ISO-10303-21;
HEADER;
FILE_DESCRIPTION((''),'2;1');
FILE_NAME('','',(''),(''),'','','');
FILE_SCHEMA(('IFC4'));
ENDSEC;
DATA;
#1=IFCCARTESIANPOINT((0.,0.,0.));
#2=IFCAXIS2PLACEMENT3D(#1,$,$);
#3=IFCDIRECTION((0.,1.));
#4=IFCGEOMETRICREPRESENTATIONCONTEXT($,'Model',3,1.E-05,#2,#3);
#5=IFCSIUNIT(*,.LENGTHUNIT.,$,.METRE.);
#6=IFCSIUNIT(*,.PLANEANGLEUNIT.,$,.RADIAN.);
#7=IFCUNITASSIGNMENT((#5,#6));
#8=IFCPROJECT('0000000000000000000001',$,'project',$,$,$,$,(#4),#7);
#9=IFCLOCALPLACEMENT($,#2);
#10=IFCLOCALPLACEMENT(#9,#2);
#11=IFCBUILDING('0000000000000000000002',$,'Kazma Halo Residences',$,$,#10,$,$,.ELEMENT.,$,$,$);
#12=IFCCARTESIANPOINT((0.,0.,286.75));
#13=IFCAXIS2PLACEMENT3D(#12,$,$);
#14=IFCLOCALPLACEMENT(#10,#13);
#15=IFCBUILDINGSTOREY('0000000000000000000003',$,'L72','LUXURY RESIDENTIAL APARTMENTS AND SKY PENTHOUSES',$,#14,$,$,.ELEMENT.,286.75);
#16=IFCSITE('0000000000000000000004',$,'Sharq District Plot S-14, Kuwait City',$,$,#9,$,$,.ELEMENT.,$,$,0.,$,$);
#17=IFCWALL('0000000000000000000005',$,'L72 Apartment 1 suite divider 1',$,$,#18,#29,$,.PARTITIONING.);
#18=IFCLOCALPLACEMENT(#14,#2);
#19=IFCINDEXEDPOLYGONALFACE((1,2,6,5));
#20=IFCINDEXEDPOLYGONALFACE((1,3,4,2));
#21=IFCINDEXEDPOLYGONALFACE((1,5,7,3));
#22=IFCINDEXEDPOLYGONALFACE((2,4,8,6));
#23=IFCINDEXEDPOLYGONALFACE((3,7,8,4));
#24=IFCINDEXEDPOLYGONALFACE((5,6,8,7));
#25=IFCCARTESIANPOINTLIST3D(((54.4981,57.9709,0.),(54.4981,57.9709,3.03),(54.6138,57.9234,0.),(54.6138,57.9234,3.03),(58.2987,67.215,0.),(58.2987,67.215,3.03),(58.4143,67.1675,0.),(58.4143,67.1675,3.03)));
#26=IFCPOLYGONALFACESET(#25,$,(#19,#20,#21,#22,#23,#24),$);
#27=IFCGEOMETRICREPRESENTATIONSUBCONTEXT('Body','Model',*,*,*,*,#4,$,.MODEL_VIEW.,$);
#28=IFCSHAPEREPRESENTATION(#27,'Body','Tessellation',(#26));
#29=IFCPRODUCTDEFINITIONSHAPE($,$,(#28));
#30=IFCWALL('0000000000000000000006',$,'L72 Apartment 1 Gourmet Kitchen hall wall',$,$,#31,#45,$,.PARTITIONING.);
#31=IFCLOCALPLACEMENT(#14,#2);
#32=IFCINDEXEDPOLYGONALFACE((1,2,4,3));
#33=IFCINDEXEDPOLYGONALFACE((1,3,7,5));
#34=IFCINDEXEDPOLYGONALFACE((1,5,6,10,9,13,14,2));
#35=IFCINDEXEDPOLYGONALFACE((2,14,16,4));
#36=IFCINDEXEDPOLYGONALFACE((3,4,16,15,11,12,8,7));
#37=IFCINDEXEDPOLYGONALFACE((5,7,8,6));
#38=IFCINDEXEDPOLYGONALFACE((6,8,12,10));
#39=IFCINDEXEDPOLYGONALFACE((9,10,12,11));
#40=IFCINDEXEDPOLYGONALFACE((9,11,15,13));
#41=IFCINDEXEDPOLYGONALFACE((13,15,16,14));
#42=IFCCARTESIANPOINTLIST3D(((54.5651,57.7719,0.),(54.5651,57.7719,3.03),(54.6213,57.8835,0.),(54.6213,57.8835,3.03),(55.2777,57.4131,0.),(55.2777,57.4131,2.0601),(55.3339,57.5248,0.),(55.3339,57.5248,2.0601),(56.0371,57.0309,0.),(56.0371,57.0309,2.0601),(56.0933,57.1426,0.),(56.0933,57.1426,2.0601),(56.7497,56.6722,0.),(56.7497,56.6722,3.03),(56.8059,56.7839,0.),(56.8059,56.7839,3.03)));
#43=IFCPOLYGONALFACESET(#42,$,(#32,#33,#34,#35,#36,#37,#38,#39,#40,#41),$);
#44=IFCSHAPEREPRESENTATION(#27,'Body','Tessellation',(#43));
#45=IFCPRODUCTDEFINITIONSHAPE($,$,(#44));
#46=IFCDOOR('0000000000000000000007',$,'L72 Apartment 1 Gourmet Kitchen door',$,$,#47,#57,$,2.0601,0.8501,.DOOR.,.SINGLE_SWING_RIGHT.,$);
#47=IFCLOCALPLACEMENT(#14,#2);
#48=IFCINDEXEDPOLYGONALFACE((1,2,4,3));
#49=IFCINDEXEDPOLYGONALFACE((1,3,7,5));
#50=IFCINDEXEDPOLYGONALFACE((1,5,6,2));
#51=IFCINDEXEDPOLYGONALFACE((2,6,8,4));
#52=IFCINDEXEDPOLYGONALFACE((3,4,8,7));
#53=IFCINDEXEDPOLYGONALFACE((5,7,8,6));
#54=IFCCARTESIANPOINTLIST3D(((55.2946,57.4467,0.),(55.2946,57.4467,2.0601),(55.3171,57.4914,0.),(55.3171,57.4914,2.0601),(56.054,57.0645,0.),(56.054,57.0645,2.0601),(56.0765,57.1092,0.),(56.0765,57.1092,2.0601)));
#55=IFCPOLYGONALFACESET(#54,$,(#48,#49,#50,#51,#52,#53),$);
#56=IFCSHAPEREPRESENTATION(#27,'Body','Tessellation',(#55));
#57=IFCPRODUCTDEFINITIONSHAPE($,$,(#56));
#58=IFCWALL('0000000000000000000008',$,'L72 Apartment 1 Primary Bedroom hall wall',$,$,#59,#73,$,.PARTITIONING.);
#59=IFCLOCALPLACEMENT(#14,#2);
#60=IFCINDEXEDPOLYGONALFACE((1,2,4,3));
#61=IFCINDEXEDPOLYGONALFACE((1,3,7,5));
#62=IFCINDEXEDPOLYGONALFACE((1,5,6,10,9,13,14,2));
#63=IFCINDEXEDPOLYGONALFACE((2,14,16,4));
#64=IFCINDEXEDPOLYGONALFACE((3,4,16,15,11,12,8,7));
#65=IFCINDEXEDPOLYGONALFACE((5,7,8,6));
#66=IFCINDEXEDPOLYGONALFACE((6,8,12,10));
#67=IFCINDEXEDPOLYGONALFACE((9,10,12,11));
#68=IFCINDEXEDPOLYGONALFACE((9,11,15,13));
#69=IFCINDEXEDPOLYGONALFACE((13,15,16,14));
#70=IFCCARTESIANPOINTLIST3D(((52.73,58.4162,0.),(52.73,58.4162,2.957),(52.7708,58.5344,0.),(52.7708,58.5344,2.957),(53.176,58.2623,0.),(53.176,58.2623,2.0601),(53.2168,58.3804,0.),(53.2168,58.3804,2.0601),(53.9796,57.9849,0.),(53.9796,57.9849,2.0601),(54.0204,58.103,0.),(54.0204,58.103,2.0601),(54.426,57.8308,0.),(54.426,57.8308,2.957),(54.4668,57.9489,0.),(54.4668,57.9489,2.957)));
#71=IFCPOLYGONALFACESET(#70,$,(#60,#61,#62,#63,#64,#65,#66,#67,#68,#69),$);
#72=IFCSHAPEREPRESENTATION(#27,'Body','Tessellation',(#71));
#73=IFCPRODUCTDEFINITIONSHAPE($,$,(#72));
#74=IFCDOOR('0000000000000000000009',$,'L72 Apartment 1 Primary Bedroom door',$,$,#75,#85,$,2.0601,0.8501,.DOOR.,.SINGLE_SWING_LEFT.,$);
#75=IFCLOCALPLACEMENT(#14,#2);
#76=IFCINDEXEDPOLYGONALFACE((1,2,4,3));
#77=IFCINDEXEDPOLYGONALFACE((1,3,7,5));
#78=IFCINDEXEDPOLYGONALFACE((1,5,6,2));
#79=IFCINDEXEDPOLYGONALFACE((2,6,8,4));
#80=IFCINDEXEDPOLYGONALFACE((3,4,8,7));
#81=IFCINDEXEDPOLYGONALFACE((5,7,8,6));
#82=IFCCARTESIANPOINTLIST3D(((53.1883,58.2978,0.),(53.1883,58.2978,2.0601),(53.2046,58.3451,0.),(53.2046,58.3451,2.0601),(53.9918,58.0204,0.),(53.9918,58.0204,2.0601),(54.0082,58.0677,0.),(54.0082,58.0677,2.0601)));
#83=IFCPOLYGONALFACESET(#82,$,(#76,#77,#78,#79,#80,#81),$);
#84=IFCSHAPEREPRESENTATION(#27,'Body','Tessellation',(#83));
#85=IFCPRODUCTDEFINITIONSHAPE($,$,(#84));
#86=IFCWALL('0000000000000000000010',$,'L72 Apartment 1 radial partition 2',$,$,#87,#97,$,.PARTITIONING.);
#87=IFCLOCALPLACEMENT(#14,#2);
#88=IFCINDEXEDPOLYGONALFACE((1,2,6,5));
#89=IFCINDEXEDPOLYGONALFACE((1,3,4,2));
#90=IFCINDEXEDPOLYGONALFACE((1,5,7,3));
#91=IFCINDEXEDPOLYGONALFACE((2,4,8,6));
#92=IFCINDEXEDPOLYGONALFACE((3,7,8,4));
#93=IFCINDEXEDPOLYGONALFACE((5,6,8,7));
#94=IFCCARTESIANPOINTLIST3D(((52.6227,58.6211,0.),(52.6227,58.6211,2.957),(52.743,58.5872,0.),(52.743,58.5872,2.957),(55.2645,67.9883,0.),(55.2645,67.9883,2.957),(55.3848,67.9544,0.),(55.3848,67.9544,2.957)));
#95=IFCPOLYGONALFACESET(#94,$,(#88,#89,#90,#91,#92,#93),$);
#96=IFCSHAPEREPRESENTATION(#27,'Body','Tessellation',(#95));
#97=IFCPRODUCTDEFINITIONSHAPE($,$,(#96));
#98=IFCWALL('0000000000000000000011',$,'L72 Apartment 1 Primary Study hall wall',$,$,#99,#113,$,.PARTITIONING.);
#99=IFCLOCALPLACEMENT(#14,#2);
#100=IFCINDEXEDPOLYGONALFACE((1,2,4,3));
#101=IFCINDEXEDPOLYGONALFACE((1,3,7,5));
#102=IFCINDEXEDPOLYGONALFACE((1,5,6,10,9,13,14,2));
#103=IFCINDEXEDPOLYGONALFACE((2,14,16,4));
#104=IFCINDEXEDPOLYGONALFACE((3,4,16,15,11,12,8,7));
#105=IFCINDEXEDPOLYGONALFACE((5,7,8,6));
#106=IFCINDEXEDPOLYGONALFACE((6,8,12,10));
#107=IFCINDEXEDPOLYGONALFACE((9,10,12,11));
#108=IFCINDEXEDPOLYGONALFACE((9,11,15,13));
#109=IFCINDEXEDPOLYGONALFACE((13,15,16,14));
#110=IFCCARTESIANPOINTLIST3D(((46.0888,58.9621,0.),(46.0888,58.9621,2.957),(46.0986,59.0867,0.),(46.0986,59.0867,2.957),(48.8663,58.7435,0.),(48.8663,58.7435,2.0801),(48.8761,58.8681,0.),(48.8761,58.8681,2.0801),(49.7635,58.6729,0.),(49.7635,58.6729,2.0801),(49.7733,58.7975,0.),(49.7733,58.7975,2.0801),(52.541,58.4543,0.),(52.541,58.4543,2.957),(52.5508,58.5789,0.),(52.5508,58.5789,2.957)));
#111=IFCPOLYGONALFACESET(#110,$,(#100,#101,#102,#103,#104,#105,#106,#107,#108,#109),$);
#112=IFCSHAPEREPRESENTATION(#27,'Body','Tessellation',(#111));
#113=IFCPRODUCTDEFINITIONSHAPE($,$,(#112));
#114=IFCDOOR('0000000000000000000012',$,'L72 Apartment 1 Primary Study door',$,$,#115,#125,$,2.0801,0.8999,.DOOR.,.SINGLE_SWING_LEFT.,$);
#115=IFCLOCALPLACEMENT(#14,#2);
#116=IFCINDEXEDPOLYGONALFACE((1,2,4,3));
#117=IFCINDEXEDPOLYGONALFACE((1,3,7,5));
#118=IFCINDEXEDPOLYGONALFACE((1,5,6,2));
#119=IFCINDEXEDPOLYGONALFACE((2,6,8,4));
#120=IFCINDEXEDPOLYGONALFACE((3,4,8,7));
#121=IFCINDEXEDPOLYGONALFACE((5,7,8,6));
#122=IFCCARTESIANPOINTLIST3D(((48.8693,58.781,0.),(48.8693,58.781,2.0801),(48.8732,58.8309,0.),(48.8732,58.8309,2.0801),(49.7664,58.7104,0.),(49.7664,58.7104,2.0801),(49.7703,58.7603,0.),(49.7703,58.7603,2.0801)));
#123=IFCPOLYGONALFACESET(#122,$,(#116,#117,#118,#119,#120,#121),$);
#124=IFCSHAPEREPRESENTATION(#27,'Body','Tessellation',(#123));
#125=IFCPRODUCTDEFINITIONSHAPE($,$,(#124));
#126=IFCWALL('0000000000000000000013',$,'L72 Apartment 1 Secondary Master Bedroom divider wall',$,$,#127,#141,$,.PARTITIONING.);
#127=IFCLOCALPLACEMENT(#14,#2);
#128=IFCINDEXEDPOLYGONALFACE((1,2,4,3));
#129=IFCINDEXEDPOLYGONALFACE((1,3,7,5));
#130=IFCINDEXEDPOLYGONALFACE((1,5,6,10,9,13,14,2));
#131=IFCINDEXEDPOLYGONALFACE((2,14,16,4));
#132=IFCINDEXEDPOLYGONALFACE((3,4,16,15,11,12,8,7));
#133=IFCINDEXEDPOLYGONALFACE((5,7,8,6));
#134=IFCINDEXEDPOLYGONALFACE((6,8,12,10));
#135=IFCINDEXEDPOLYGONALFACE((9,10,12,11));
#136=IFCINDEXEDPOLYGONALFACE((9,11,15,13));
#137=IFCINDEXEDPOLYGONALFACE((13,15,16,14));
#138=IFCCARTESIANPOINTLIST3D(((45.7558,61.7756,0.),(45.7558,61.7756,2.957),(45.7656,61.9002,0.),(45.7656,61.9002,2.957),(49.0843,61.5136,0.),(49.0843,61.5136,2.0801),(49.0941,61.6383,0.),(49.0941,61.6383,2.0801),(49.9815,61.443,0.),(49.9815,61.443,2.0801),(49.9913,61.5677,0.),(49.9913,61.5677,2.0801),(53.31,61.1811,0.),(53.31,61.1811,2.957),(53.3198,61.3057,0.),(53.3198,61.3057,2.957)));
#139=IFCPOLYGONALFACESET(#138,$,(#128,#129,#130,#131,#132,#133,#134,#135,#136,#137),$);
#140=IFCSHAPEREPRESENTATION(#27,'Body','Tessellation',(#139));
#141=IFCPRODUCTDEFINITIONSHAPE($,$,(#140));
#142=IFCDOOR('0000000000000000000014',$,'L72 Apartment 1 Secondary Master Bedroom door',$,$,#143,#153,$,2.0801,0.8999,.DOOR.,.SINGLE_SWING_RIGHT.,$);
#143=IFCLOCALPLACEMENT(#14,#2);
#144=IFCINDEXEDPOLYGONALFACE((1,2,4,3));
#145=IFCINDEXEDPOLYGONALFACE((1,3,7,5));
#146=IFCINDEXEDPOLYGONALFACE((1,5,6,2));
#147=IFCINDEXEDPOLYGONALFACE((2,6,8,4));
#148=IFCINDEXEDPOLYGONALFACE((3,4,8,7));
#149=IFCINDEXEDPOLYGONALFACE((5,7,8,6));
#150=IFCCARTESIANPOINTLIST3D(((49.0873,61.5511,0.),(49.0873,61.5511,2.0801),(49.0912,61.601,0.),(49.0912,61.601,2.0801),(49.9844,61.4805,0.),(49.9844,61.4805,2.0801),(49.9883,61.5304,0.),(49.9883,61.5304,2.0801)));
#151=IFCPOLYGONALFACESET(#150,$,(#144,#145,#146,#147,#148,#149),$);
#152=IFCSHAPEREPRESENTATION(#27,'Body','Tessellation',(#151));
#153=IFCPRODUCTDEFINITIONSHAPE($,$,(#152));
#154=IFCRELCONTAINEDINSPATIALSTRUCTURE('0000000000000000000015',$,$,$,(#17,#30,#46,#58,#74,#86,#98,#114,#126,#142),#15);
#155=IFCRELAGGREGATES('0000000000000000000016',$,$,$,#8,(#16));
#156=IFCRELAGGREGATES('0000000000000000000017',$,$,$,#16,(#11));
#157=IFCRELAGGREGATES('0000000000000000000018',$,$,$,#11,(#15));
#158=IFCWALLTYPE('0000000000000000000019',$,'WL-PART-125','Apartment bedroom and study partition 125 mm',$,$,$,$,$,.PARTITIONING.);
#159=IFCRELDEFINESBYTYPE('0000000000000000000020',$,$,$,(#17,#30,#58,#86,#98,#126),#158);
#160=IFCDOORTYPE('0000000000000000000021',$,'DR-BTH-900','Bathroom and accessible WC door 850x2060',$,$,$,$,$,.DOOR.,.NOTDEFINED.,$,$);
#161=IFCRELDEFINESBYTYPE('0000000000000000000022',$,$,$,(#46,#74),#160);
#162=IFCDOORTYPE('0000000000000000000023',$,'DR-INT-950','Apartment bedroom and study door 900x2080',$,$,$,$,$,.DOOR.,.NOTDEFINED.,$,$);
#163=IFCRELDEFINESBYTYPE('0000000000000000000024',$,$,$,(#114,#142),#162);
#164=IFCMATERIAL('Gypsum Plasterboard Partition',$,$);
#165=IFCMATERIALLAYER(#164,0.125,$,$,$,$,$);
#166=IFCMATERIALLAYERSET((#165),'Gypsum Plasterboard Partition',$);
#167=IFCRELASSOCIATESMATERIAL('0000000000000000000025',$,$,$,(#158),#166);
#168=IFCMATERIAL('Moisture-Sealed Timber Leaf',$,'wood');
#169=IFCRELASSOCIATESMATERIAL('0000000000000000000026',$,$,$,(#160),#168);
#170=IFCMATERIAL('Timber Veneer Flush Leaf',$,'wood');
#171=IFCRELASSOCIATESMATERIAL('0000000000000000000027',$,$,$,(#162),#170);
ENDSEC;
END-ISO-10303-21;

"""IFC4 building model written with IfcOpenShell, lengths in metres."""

from ifc_helpers import new_model, si_unit, direction, frame, frame_2d, origin, place, context, subcontext, project, spatial, rectangle, extrude, material, layer, layer_set, type_object, element, fill, save


model = new_model("IFC4")

# Units and contexts
model_context = context("Model", 3, precision=1e-05, world=origin(), true_north=direction((0.0, 1.0)))
body_context = subcontext(model_context, "Body", "Model", "MODEL_VIEW")
ifc_project = project(units=[si_unit("LENGTHUNIT", "METRE"), si_unit("PLANEANGLEUNIT", "RADIAN")], contexts=[model_context])

# Site, building, storey
site_placement = place(None, origin())
site = spatial("IfcSite", under=ifc_project, at=site_placement, Name="Sharq District Plot S-14, Kuwait City", CompositionType="ELEMENT", RefElevation=0.0)
building_placement = place(site_placement, origin())
building = spatial("IfcBuilding", under=site, at=building_placement, Name="Kazma Halo Residences", CompositionType="ELEMENT")
storey_placement = place(building_placement, frame((0.0, 0.0, 286.75)))
storey = spatial("IfcBuildingStorey", under=building, at=storey_placement, Name="L72", Description="LUXURY RESIDENTIAL APARTMENTS AND SKY PENTHOUSES", CompositionType="ELEMENT", Elevation=286.75)

# Shared definitions
ifc_material_1 = material(Name="Gypsum Plasterboard Partition")
ifc_layer_1 = layer(ifc_material_1, 0.125)
ifc_layer_set_1 = layer_set([ifc_layer_1], Name="Gypsum Plasterboard Partition")
wall_type_1 = type_object("IfcWallType", Name="WL-PART-125", Description="Apartment bedroom and study partition 125 mm", PredefinedType="PARTITIONING", material=ifc_layer_set_1)
ifc_material_2 = material(Name="Moisture-Sealed Timber Leaf", Category="wood")
door_type_1 = type_object("IfcDoorType", Name="DR-BTH-900", Description="Bathroom and accessible WC door 850x2060", OperationType="NOTDEFINED", PredefinedType="DOOR", material=ifc_material_2)

# Wall
wall_1_placement = place(storey_placement, frame((54.5559, 57.947, 0.0), z_axis=(0.0, 0.0, 1.0), x_axis=(0.380247, 0.924885, 0.0)))
element("IfcWall", 1, at=wall_1_placement, inside=storey, type_object=wall_type_1, Name="L72 Apartment 1 suite divider 1", PredefinedType="PARTITIONING", context=body_context, shape_type="SweptSolid", body=[
    extrude(rectangle(XDim=9.9949, YDim=0.125, at=frame_2d((4.9976, 0.0))), origin(), (0.0, 0.0, 1.0), 3.03),
])

# Walls, openings, doors
wall_2_placement = place(storey_placement, frame((56.7778, 56.728, 0.0), z_axis=(0.0, 0.0, 1.0), x_axis=(-0.893226, 0.449608, 0.0)))
wall_2 = element("IfcWall", 2, at=wall_2_placement, inside=storey, type_object=wall_type_1, Name="L72 Apartment 1 Gourmet Kitchen hall wall", PredefinedType="PARTITIONING", context=body_context, shape_type="SweptSolid", body=[
    extrude(rectangle(XDim=2.4458, YDim=0.125, at=frame_2d((1.2229, 0.0))), origin(), (0.0, 0.0, 1.0), 3.03),
])
opening_1_placement = place(wall_2_placement, frame((0.7979, 0.0, 0.0)))
opening_1 = element("IfcOpeningElement", 3, at=opening_1_placement, cuts=wall_2, PredefinedType="OPENING", context=body_context, shape_type="SweptSolid", body=[
    extrude(rectangle(XDim=0.8501, YDim=2.0601, at=frame_2d((0.425, 1.03))), frame((0.0, 0.0725, 0.0), z_axis=(0.0, -1.0, 0.0), x_axis=(1.0, 0.0, 0.0)), (0.0, 0.0, 1.0), 0.145),
])
door_1_placement = place(opening_1_placement, origin())
door_1 = element("IfcDoor", 4, at=door_1_placement, inside=storey, type_object=door_type_1, Name="L72 Apartment 1 Gourmet Kitchen door", OperationType="SINGLE_SWING_RIGHT", OverallHeight=2.0601, OverallWidth=0.8501, PredefinedType="DOOR", context=body_context, shape_type="SweptSolid", body=[
    extrude(rectangle(XDim=0.8501, YDim=2.0601, at=frame_2d((0.425, 1.03))), frame((0.0, 0.0249, 0.0), z_axis=(0.0, -1.0, 0.0), x_axis=(1.0, 0.0, 0.0)), (0.0, 0.0, 1.0), 0.05),
])
fill(opening_1, door_1)
wall_3_placement = place(storey_placement, frame((54.4463, 57.8899, 0.0), z_axis=(0.0, 0.0, 1.0), x_axis=(-0.945269, 0.326293, 0.0)))
wall_3 = element("IfcWall", 5, at=wall_3_placement, inside=storey, type_object=wall_type_1, Name="L72 Apartment 1 Primary Bedroom hall wall", PredefinedType="PARTITIONING", context=body_context, shape_type="SweptSolid", body=[
    extrude(rectangle(XDim=1.7942, YDim=0.125, at=frame_2d((0.897, 0.0))), origin(), (0.0, 0.0, 1.0), 2.957),
])
opening_2_placement = place(wall_3_placement, frame((0.4722, 0.0, 0.0)))
opening_2 = element("IfcOpeningElement", 6, at=opening_2_placement, cuts=wall_3, PredefinedType="OPENING", context=body_context, shape_type="SweptSolid", body=[
    extrude(rectangle(XDim=0.8501, YDim=2.0601, at=frame_2d((0.425, 1.03))), frame((0.0, 0.0725, 0.0), z_axis=(0.0, -1.0, 0.0), x_axis=(1.0, 0.0, 0.0)), (0.0, 0.0, 1.0), 0.145),
])
door_2_placement = place(opening_2_placement, origin())
door_2 = element("IfcDoor", 7, at=door_2_placement, inside=storey, type_object=door_type_1, Name="L72 Apartment 1 Primary Bedroom door", OperationType="SINGLE_SWING_LEFT", OverallHeight=2.0601, OverallWidth=0.8501, PredefinedType="DOOR", context=body_context, shape_type="SweptSolid", body=[
    extrude(rectangle(XDim=0.8501, YDim=2.0601, at=frame_2d((0.425, 1.03))), frame((0.0, 0.0249, 0.0), z_axis=(0.0, -1.0, 0.0), x_axis=(1.0, 0.0, 0.0)), (0.0, 0.0, 1.0), 0.05),
])
fill(opening_2, door_2)

# Wall
wall_4_placement = place(storey_placement, frame((52.6829, 58.6042, 0.0), z_axis=(0.0, 0.0, 1.0), x_axis=(0.271443, 0.962455, 0.0)))
element("IfcWall", 8, at=wall_4_placement, inside=storey, type_object=wall_type_1, Name="L72 Apartment 1 radial partition 2", PredefinedType="PARTITIONING", context=body_context, shape_type="SweptSolid", body=[
    extrude(rectangle(XDim=9.7327, YDim=0.125, at=frame_2d((4.8662, 0.0))), origin(), (0.0, 0.0, 1.0), 2.957),
])

# Walls, openings, doors
wall_5_placement = place(storey_placement, frame((52.5459, 58.5166, 0.0), z_axis=(0.0, 0.0, 1.0), x_axis=(-0.996917, 0.078462, 0.0)))
wall_5 = element("IfcWall", 9, at=wall_5_placement, inside=storey, type_object=wall_type_1, Name="L72 Apartment 1 Primary Study hall wall", PredefinedType="PARTITIONING", context=body_context, shape_type="SweptSolid", body=[
    extrude(rectangle(XDim=6.4722, YDim=0.125, at=frame_2d((3.2361, 0.0))), origin(), (0.0, 0.0, 1.0), 2.957),
])
opening_3_placement = place(wall_5_placement, frame((2.7861, 0.0, 0.0)))
opening_3 = element("IfcOpeningElement", 10, at=opening_3_placement, cuts=wall_5, PredefinedType="OPENING", context=body_context, shape_type="SweptSolid", body=[
    extrude(rectangle(XDim=0.8999, YDim=2.0801, at=frame_2d((0.45, 1.04))), frame((0.0, 0.0725, 0.0), z_axis=(0.0, -1.0, 0.0), x_axis=(1.0, 0.0, 0.0)), (0.0, 0.0, 1.0), 0.145),
])
ifc_material_3 = material(Name="Timber Veneer Flush Leaf", Category="wood")
door_type_2 = type_object("IfcDoorType", Name="DR-INT-950", Description="Apartment bedroom and study door 900x2080", OperationType="NOTDEFINED", PredefinedType="DOOR", material=ifc_material_3)
door_3_placement = place(opening_3_placement, origin())
door_3 = element("IfcDoor", 11, at=door_3_placement, inside=storey, type_object=door_type_2, Name="L72 Apartment 1 Primary Study door", OperationType="SINGLE_SWING_LEFT", OverallHeight=2.0801, OverallWidth=0.8999, PredefinedType="DOOR", context=body_context, shape_type="SweptSolid", body=[
    extrude(rectangle(XDim=0.8999, YDim=2.0801, at=frame_2d((0.45, 1.04))), frame((0.0, 0.0249, 0.0), z_axis=(0.0, -1.0, 0.0), x_axis=(1.0, 0.0, 0.0)), (0.0, 0.0, 1.0), 0.05),
])
fill(opening_3, door_3)
wall_6_placement = place(storey_placement, frame((53.3149, 61.2434, 0.0), z_axis=(0.0, 0.0, 1.0), x_axis=(-0.996918, 0.078453, 0.0)))
wall_6 = element("IfcWall", 12, at=wall_6_placement, inside=storey, type_object=wall_type_1, Name="L72 Apartment 1 Secondary Master Bedroom divider wall", PredefinedType="PARTITIONING", context=body_context, shape_type="SweptSolid", body=[
    extrude(rectangle(XDim=7.5776, YDim=0.125, at=frame_2d((3.7888, 0.0))), origin(), (0.0, 0.0, 1.0), 2.957),
])
opening_4_placement = place(wall_6_placement, frame((3.3389, 0.0, 0.0)))
opening_4 = element("IfcOpeningElement", 13, at=opening_4_placement, cuts=wall_6, PredefinedType="OPENING", context=body_context, shape_type="SweptSolid", body=[
    extrude(rectangle(XDim=0.8999, YDim=2.0801, at=frame_2d((0.45, 1.04))), frame((0.0, 0.0725, 0.0), z_axis=(0.0, -1.0, 0.0), x_axis=(1.0, 0.0, 0.0)), (0.0, 0.0, 1.0), 0.145),
])
door_4_placement = place(opening_4_placement, origin())
door_4 = element("IfcDoor", 14, at=door_4_placement, inside=storey, type_object=door_type_2, Name="L72 Apartment 1 Secondary Master Bedroom door", OperationType="SINGLE_SWING_RIGHT", OverallHeight=2.0801, OverallWidth=0.8999, PredefinedType="DOOR", context=body_context, shape_type="SweptSolid", body=[
    extrude(rectangle(XDim=0.8999, YDim=2.0801, at=frame_2d((0.45, 1.04))), frame((0.0, 0.0249, 0.0), z_axis=(0.0, -1.0, 0.0), x_axis=(1.0, 0.0, 0.0)), (0.0, 0.0, 1.0), 0.05),
])
fill(opening_4, door_4)

save(model, "model.ifc")
